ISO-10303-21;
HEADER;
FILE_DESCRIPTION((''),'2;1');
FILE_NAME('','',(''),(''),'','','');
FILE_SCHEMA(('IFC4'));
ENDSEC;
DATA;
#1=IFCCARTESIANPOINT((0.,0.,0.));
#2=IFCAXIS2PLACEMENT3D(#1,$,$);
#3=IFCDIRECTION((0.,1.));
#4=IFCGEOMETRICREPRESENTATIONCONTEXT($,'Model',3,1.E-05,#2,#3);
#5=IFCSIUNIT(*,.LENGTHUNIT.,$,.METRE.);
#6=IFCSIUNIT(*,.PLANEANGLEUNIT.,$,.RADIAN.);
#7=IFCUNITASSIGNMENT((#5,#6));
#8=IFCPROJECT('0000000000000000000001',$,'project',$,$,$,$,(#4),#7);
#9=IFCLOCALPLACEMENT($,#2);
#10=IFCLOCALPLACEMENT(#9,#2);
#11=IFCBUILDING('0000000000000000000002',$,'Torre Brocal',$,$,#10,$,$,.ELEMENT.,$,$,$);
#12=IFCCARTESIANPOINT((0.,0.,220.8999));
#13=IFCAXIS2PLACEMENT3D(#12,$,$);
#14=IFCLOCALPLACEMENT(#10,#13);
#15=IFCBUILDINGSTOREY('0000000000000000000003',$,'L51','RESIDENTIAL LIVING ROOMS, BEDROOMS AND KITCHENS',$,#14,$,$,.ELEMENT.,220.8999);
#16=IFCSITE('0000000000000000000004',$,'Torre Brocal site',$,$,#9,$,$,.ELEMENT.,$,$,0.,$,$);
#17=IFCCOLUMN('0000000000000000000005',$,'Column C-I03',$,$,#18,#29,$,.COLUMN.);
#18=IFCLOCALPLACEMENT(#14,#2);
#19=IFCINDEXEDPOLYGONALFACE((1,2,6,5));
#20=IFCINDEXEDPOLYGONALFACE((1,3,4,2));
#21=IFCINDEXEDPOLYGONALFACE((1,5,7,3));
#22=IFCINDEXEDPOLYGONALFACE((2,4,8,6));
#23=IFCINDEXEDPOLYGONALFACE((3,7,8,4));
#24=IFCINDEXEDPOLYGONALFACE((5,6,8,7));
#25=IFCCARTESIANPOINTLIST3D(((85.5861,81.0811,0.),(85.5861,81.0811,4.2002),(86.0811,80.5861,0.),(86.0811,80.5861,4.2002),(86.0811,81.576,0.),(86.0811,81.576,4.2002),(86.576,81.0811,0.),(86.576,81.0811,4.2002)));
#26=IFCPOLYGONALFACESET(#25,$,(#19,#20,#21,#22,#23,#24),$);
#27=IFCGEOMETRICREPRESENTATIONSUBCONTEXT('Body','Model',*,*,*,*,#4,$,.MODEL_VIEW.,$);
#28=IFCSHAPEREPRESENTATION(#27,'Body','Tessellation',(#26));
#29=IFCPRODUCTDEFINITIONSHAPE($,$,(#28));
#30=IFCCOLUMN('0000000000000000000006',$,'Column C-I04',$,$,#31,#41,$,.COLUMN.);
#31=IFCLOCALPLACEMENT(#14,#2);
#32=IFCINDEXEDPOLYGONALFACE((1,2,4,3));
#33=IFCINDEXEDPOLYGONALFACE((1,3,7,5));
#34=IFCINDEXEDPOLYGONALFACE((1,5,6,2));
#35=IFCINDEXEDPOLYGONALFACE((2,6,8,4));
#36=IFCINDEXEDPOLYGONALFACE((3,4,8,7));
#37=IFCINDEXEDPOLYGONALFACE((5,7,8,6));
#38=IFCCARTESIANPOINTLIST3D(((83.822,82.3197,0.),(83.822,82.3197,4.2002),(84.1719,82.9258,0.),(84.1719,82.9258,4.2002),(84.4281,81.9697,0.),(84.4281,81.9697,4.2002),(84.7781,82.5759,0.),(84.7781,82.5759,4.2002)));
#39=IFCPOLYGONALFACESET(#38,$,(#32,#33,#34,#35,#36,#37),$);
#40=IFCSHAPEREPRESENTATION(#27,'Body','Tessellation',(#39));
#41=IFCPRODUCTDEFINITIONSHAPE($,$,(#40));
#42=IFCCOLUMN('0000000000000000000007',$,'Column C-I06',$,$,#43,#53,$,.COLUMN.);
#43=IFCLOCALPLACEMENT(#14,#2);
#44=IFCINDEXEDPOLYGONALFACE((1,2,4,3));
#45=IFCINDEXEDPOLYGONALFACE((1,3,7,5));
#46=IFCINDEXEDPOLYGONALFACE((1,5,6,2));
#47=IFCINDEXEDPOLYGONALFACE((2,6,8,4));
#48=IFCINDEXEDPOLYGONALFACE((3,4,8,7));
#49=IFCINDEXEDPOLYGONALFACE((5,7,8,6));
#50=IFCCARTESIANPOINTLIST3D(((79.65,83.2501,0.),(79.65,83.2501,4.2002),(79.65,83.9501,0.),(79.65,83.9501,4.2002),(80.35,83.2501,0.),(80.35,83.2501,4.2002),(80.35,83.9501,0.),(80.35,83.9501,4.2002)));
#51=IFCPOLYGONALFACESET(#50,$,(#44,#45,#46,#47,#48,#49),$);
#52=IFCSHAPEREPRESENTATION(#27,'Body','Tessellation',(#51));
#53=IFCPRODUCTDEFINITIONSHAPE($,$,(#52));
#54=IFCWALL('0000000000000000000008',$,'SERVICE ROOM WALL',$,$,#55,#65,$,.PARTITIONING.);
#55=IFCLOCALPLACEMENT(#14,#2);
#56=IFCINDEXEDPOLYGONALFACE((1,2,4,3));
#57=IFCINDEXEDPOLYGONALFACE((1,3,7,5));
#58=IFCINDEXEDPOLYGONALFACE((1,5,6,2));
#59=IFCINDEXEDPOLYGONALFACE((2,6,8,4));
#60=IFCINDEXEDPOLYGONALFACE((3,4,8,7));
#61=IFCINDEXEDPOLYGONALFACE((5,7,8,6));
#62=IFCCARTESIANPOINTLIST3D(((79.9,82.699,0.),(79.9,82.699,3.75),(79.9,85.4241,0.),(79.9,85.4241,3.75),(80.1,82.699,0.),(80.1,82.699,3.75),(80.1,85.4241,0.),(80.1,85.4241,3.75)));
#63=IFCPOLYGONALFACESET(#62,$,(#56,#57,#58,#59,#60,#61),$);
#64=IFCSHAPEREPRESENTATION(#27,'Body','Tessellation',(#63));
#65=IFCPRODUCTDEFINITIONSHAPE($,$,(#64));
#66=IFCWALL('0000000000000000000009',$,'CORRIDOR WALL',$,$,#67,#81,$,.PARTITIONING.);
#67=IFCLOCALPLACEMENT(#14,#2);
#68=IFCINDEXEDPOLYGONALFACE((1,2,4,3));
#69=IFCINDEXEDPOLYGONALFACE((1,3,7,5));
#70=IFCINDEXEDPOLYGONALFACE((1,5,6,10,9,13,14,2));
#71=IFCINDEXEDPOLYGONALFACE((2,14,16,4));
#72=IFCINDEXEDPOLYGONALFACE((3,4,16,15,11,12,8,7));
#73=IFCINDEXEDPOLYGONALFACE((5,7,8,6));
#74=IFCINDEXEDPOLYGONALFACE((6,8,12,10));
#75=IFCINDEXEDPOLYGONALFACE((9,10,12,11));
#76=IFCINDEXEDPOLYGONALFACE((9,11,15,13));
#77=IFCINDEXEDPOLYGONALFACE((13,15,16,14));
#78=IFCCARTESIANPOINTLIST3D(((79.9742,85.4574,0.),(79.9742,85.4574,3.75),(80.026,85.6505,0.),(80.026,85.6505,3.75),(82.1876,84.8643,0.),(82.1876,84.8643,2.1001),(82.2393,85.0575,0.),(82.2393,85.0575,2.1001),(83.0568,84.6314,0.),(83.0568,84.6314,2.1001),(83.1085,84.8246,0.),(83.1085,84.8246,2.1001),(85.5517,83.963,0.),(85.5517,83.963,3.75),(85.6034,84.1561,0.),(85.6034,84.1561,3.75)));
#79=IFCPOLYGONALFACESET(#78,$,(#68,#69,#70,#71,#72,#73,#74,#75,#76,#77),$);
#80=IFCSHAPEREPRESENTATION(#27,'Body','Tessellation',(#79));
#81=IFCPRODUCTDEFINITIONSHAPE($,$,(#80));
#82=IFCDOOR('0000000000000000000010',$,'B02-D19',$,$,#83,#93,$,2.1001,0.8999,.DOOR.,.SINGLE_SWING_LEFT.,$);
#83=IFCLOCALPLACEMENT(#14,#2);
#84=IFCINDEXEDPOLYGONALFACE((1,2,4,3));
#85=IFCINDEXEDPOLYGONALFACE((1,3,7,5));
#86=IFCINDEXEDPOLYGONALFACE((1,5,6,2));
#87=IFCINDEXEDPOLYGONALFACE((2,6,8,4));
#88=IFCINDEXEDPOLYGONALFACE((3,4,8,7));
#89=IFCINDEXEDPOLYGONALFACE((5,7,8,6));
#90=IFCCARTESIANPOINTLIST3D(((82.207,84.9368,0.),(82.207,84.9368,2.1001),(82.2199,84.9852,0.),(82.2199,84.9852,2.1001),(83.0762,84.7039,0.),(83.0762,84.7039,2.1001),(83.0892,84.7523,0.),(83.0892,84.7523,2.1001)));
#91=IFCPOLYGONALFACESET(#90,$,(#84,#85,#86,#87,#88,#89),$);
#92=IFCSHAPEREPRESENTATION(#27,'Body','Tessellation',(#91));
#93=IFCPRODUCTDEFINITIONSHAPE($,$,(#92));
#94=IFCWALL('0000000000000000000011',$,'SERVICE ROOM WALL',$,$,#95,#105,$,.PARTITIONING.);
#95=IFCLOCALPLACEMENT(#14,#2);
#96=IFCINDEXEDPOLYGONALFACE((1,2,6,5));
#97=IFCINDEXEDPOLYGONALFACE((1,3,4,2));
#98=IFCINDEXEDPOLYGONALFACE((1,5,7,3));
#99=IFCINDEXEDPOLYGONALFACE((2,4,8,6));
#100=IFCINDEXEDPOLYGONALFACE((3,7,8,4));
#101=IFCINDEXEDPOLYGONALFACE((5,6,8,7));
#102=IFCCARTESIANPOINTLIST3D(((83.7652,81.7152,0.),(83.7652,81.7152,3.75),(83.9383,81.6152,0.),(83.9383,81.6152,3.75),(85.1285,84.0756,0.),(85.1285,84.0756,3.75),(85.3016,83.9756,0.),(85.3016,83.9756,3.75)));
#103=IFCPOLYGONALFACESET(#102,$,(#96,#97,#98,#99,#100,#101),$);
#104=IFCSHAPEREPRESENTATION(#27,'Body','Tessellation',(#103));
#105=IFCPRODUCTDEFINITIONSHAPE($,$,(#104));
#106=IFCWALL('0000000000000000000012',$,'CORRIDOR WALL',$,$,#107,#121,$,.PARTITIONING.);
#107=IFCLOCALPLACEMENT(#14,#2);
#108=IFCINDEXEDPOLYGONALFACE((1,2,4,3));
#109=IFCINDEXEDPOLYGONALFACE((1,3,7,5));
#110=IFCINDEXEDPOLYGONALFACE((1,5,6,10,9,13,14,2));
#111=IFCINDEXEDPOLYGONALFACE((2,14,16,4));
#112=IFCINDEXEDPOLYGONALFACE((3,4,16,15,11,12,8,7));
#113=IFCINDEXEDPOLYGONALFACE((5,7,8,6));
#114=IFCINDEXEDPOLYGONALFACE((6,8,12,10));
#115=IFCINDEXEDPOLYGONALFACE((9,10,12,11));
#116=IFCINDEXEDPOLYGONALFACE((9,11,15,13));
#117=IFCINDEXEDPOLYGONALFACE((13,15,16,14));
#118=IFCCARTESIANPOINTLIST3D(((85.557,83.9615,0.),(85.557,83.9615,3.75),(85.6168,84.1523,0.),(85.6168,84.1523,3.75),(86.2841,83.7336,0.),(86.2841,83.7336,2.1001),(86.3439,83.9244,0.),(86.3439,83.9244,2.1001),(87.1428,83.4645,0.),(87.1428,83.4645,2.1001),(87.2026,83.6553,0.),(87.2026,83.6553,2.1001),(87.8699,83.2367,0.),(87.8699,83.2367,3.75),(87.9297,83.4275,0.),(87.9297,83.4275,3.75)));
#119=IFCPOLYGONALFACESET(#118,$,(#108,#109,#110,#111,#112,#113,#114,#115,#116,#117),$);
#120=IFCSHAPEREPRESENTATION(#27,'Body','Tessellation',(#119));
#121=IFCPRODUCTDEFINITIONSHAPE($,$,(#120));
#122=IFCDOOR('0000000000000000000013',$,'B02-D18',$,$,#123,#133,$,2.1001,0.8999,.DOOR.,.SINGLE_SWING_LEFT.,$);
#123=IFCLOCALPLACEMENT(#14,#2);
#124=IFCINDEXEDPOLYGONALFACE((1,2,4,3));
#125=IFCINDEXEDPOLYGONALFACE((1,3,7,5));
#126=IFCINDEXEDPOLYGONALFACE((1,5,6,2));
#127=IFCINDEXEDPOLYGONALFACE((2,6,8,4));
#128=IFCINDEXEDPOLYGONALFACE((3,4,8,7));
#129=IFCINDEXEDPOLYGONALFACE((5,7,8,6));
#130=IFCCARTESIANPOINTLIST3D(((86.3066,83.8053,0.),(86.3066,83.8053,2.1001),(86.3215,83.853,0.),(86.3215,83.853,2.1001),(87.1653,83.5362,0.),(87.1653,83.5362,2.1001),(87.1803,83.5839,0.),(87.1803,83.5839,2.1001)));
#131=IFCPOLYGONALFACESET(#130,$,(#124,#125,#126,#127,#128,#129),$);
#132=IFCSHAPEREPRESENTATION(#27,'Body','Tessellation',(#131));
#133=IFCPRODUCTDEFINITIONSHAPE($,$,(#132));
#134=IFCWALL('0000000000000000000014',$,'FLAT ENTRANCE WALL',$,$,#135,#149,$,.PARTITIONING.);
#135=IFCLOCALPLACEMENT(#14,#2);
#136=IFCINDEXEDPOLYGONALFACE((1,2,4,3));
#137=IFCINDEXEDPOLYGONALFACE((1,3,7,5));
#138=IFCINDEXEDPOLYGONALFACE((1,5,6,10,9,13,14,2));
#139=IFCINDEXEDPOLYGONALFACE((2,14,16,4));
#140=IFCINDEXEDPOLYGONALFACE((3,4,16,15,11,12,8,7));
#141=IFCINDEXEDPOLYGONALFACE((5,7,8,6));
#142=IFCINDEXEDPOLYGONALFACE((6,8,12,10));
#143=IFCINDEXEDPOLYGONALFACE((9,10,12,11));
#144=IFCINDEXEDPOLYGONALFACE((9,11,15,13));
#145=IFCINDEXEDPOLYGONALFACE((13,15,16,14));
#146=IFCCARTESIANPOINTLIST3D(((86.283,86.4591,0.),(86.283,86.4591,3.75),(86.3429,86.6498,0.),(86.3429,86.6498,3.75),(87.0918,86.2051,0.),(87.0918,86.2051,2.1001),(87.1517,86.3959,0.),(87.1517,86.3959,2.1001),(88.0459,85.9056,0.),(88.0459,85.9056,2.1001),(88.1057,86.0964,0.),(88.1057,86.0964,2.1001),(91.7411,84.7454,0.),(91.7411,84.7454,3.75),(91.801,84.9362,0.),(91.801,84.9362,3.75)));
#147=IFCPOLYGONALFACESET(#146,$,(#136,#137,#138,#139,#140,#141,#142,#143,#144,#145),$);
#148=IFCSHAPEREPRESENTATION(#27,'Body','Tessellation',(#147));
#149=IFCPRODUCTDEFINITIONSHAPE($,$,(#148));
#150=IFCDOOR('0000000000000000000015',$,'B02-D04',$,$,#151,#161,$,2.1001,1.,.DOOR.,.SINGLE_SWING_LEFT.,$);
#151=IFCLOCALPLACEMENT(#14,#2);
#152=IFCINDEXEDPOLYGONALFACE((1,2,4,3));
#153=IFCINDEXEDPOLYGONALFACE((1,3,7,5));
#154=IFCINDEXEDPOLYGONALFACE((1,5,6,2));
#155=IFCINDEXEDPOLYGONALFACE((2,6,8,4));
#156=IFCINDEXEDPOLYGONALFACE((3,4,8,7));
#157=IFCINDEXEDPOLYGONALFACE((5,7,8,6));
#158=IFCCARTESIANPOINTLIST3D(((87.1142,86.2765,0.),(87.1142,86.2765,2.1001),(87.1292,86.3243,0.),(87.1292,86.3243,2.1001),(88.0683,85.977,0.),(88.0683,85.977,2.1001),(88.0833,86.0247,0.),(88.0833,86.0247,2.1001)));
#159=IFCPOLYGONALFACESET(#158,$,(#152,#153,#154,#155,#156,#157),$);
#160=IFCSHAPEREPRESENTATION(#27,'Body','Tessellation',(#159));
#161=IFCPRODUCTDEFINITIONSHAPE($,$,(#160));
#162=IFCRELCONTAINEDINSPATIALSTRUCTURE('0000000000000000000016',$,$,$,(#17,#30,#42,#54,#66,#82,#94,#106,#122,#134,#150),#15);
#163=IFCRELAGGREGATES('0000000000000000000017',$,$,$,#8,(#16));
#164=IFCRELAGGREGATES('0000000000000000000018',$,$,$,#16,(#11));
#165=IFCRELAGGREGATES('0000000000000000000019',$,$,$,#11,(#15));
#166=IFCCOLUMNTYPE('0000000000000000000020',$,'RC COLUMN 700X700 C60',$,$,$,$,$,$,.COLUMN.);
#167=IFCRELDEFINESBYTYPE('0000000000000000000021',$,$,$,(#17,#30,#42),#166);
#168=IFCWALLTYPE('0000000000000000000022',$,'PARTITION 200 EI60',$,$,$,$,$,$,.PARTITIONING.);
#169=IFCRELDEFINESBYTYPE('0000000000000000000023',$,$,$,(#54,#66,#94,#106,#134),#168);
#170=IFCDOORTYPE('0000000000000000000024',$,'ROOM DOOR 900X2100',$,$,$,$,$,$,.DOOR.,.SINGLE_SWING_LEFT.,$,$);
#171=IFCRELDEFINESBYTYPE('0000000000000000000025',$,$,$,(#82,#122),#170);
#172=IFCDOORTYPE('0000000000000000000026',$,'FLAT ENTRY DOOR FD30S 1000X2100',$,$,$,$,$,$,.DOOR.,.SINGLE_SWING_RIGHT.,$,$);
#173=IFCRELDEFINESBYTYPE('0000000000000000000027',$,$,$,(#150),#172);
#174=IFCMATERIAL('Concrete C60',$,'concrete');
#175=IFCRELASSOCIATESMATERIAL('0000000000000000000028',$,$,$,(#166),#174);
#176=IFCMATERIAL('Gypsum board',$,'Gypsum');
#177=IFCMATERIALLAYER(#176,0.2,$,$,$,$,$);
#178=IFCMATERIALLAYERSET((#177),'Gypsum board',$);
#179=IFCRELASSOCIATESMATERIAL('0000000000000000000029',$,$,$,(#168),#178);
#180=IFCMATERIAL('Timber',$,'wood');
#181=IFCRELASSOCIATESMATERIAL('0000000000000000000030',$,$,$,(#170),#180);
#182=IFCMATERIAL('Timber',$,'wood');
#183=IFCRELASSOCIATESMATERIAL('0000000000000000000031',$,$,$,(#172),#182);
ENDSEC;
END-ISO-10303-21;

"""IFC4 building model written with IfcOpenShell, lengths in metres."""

from ifc_helpers import new_model, si_unit, direction, frame, frame_2d, origin, origin_2d, place, context, subcontext, project, spatial, rectangle, extrude, material, layer, layer_set, material_profile, profile_set, type_object, element, fill, save


model = new_model("IFC4")

# Units and contexts
model_context = context("Model", 3, precision=1e-05, world=origin(), true_north=direction((0.0, 1.0)))
body_context = subcontext(model_context, "Body", "Model", "MODEL_VIEW")
ifc_project = project(units=[si_unit("LENGTHUNIT", "METRE"), si_unit("PLANEANGLEUNIT", "RADIAN")], contexts=[model_context])

# Site, building, storey
site_placement = place(None, origin())
site = spatial("IfcSite", under=ifc_project, at=site_placement, Name="Torre Brocal site", CompositionType="ELEMENT", RefElevation=0.0)
building_placement = place(site_placement, origin())
building = spatial("IfcBuilding", under=site, at=building_placement, Name="Torre Brocal", CompositionType="ELEMENT")
storey_placement = place(building_placement, frame((0.0, 0.0, 220.8999)))
storey = spatial("IfcBuildingStorey", under=building, at=storey_placement, Name="L51", Description="RESIDENTIAL LIVING ROOMS, BEDROOMS AND KITCHENS", CompositionType="ELEMENT", Elevation=220.8999)

# Columns
ifc_material_1 = material(Name="Concrete C60", Category="concrete")
ifc_material_profile = material_profile(ifc_material_1, rectangle(XDim=0.7, YDim=0.7, at=origin_2d()), Name="RC 700X700")
ifc_profile_set = profile_set([ifc_material_profile], Name="Concrete C60")
column_type = type_object("IfcColumnType", Name="RC COLUMN 700X700 C60", PredefinedType="COLUMN", material=ifc_profile_set)
for number, where, z_axis, x_axis, name in (
    (1, (86.0811, 81.0811, 0.0), (0.0, 0.0, 1.0), (0.707107, 0.707107, 0.0), "Column C-I03"),
    (2, (84.3, 82.4478, 0.0), (0.0, 0.0, 1.0), (0.5, 0.866025, 0.0), "Column C-I04"),
    (3, (80.0, 83.6001, 0.0), (0.0, 0.0, 1.0), (0.0, 1.0, 0.0), "Column C-I06"),
):
    element("IfcColumn", number, at=place(storey_placement, frame(where, z_axis=z_axis, x_axis=x_axis)), inside=storey, type_object=column_type, Name=name, PredefinedType="COLUMN", context=body_context, shape_type="SweptSolid", body=[
        extrude(rectangle(XDim=0.7, YDim=0.7, at=origin_2d()), origin(), (0.0, 0.0, 1.0), 4.2002),
    ])

# Wall
ifc_material_2 = material(Name="Gypsum board", Category="Gypsum")
ifc_layer_1 = layer(ifc_material_2, 0.2)
ifc_layer_set_1 = layer_set([ifc_layer_1], Name="Gypsum board")
wall_type_1 = type_object("IfcWallType", Name="PARTITION 200 EI60", PredefinedType="PARTITIONING", material=ifc_layer_set_1)
wall_1_placement = place(storey_placement, frame((80.0, 82.699, 0.0), z_axis=(0.0, 0.0, 1.0), x_axis=(0.0, 1.0, 0.0)))
element("IfcWall", 4, at=wall_1_placement, inside=storey, type_object=wall_type_1, Name="SERVICE ROOM WALL", PredefinedType="PARTITIONING", context=body_context, shape_type="SweptSolid", body=[
    extrude(rectangle(XDim=2.7251, YDim=0.2, at=frame_2d((1.3625, 0.0))), origin(), (0.0, 0.0, 1.0), 3.75),
])

# Wall, opening, door
wall_2_placement = place(storey_placement, frame((80.0, 85.554, 0.0), z_axis=(0.0, 0.0, 1.0), x_axis=(0.965929, -0.258807, 0.0)))
wall_2 = element("IfcWall", 5, at=wall_2_placement, inside=storey, type_object=wall_type_1, Name="CORRIDOR WALL", PredefinedType="PARTITIONING", context=body_context, shape_type="SweptSolid", body=[
    extrude(rectangle(XDim=5.7742, YDim=0.2, at=frame_2d((2.8872, 0.0))), origin(), (0.0, 0.0, 1.0), 3.75),
])
opening_1_placement = place(wall_2_placement, frame((2.2915, 0.0, 0.0)))
opening_1 = element("IfcOpeningElement", 6, at=opening_1_placement, cuts=wall_2, PredefinedType="OPENING", context=body_context, shape_type="SweptSolid", body=[
    extrude(rectangle(XDim=0.8999, YDim=2.1001, at=frame_2d((0.45, 1.05))), frame((0.0, 0.1099, 0.0), z_axis=(0.0, -1.0, 0.0), x_axis=(1.0, 0.0, 0.0)), (0.0, 0.0, 1.0), 0.22),
])
ifc_material_3 = material(Name="Timber", Category="wood")
door_type_1 = type_object("IfcDoorType", Name="ROOM DOOR 900X2100", OperationType="SINGLE_SWING_LEFT", PredefinedType="DOOR", material=ifc_material_3)
door_1_placement = place(opening_1_placement, frame((0.8999, 0.0, 0.0), z_axis=(0.0, 0.0, 1.0), x_axis=(-1.0, 0.0, 0.0)))
door_1 = element("IfcDoor", 7, at=door_1_placement, inside=storey, type_object=door_type_1, Name="B02-D19", OperationType="SINGLE_SWING_LEFT", OverallHeight=2.1001, OverallWidth=0.8999, PredefinedType="DOOR", context=body_context, shape_type="SweptSolid", body=[
    extrude(rectangle(XDim=0.8999, YDim=2.1001, at=frame_2d((0.45, 1.05))), frame((0.0, 0.0249, 0.0), z_axis=(0.0, -1.0, 0.0), x_axis=(1.0, 0.0, 0.0)), (0.0, 0.0, 1.0), 0.05),
])
fill(opening_1, door_1)

# Wall
wall_3_placement = place(storey_placement, frame((83.8518, 81.6653, 0.0), z_axis=(0.0, 0.0, 1.0), x_axis=(0.500146, 0.865941, 0.0)))
element("IfcWall", 8, at=wall_3_placement, inside=storey, type_object=wall_type_1, Name="SERVICE ROOM WALL", PredefinedType="PARTITIONING", context=body_context, shape_type="SweptSolid", body=[
    extrude(rectangle(XDim=2.7258, YDim=0.2, at=frame_2d((1.3628, 0.0))), origin(), (0.0, 0.0, 1.0), 3.75),
])

# Walls, openings, doors
wall_4_placement = place(storey_placement, frame((85.5869, 84.0569, 0.0), z_axis=(0.0, 0.0, 1.0), x_axis=(0.95424, -0.299043, 0.0)))
wall_4 = element("IfcWall", 9, at=wall_4_placement, inside=storey, type_object=wall_type_1, Name="CORRIDOR WALL", PredefinedType="PARTITIONING", context=body_context, shape_type="SweptSolid", body=[
    extrude(rectangle(XDim=2.4238, YDim=0.2, at=frame_2d((1.2119, 0.0))), origin(), (0.0, 0.0, 1.0), 3.75),
])
opening_2_placement = place(wall_4_placement, frame((0.762, 0.0, 0.0)))
opening_2 = element("IfcOpeningElement", 10, at=opening_2_placement, cuts=wall_4, PredefinedType="OPENING", context=body_context, shape_type="SweptSolid", body=[
    extrude(rectangle(XDim=0.8999, YDim=2.1001, at=frame_2d((0.45, 1.05))), frame((0.0, 0.1099, 0.0), z_axis=(0.0, -1.0, 0.0), x_axis=(1.0, 0.0, 0.0)), (0.0, 0.0, 1.0), 0.22),
])
door_2_placement = place(opening_2_placement, frame((0.8999, 0.0, 0.0), z_axis=(0.0, 0.0, 1.0), x_axis=(-1.0, 0.0, 0.0)))
door_2 = element("IfcDoor", 11, at=door_2_placement, inside=storey, type_object=door_type_1, Name="B02-D18", OperationType="SINGLE_SWING_LEFT", OverallHeight=2.1001, OverallWidth=0.8999, PredefinedType="DOOR", context=body_context, shape_type="SweptSolid", body=[
    extrude(rectangle(XDim=0.8999, YDim=2.1001, at=frame_2d((0.45, 1.05))), frame((0.0, 0.0249, 0.0), z_axis=(0.0, -1.0, 0.0), x_axis=(1.0, 0.0, 0.0)), (0.0, 0.0, 1.0), 0.05),
])
fill(opening_2, door_2)
wall_5_placement = place(storey_placement, frame((86.313, 86.5544, 0.0), z_axis=(0.0, 0.0, 1.0), x_axis=(0.954081, -0.299548, 0.0)))
wall_5 = element("IfcWall", 12, at=wall_5_placement, inside=storey, type_object=wall_type_1, Name="FLAT ENTRANCE WALL", PredefinedType="PARTITIONING", context=body_context, shape_type="SweptSolid", body=[
    extrude(rectangle(XDim=5.7207, YDim=0.2, at=frame_2d((2.8604, 0.0))), origin(), (0.0, 0.0, 1.0), 3.75),
])
opening_3_placement = place(wall_5_placement, frame((0.8477, 0.0, 0.0)))
opening_3 = element("IfcOpeningElement", 13, at=opening_3_placement, cuts=wall_5, PredefinedType="OPENING", context=body_context, shape_type="SweptSolid", body=[
    extrude(rectangle(XDim=1.0, YDim=2.1001, at=frame_2d((0.5, 1.05))), frame((0.0, 0.1099, 0.0), z_axis=(0.0, -1.0, 0.0), x_axis=(1.0, 0.0, 0.0)), (0.0, 0.0, 1.0), 0.22),
])
ifc_material_4 = material(Name="Timber", Category="wood")
door_type_2 = type_object("IfcDoorType", Name="FLAT ENTRY DOOR FD30S 1000X2100", OperationType="SINGLE_SWING_RIGHT", PredefinedType="DOOR", material=ifc_material_4)
door_3_placement = place(opening_3_placement, origin())
door_3 = element("IfcDoor", 14, at=door_3_placement, inside=storey, type_object=door_type_2, Name="B02-D04", OperationType="SINGLE_SWING_LEFT", OverallHeight=2.1001, OverallWidth=1.0, PredefinedType="DOOR", context=body_context, shape_type="SweptSolid", body=[
    extrude(rectangle(XDim=1.0, YDim=2.1001, at=frame_2d((0.5, 1.05))), frame((0.0, 0.0249, 0.0), z_axis=(0.0, -1.0, 0.0), x_axis=(1.0, 0.0, 0.0)), (0.0, 0.0, 1.0), 0.05),
])
fill(opening_3, door_3)

save(model, "model.ifc")
